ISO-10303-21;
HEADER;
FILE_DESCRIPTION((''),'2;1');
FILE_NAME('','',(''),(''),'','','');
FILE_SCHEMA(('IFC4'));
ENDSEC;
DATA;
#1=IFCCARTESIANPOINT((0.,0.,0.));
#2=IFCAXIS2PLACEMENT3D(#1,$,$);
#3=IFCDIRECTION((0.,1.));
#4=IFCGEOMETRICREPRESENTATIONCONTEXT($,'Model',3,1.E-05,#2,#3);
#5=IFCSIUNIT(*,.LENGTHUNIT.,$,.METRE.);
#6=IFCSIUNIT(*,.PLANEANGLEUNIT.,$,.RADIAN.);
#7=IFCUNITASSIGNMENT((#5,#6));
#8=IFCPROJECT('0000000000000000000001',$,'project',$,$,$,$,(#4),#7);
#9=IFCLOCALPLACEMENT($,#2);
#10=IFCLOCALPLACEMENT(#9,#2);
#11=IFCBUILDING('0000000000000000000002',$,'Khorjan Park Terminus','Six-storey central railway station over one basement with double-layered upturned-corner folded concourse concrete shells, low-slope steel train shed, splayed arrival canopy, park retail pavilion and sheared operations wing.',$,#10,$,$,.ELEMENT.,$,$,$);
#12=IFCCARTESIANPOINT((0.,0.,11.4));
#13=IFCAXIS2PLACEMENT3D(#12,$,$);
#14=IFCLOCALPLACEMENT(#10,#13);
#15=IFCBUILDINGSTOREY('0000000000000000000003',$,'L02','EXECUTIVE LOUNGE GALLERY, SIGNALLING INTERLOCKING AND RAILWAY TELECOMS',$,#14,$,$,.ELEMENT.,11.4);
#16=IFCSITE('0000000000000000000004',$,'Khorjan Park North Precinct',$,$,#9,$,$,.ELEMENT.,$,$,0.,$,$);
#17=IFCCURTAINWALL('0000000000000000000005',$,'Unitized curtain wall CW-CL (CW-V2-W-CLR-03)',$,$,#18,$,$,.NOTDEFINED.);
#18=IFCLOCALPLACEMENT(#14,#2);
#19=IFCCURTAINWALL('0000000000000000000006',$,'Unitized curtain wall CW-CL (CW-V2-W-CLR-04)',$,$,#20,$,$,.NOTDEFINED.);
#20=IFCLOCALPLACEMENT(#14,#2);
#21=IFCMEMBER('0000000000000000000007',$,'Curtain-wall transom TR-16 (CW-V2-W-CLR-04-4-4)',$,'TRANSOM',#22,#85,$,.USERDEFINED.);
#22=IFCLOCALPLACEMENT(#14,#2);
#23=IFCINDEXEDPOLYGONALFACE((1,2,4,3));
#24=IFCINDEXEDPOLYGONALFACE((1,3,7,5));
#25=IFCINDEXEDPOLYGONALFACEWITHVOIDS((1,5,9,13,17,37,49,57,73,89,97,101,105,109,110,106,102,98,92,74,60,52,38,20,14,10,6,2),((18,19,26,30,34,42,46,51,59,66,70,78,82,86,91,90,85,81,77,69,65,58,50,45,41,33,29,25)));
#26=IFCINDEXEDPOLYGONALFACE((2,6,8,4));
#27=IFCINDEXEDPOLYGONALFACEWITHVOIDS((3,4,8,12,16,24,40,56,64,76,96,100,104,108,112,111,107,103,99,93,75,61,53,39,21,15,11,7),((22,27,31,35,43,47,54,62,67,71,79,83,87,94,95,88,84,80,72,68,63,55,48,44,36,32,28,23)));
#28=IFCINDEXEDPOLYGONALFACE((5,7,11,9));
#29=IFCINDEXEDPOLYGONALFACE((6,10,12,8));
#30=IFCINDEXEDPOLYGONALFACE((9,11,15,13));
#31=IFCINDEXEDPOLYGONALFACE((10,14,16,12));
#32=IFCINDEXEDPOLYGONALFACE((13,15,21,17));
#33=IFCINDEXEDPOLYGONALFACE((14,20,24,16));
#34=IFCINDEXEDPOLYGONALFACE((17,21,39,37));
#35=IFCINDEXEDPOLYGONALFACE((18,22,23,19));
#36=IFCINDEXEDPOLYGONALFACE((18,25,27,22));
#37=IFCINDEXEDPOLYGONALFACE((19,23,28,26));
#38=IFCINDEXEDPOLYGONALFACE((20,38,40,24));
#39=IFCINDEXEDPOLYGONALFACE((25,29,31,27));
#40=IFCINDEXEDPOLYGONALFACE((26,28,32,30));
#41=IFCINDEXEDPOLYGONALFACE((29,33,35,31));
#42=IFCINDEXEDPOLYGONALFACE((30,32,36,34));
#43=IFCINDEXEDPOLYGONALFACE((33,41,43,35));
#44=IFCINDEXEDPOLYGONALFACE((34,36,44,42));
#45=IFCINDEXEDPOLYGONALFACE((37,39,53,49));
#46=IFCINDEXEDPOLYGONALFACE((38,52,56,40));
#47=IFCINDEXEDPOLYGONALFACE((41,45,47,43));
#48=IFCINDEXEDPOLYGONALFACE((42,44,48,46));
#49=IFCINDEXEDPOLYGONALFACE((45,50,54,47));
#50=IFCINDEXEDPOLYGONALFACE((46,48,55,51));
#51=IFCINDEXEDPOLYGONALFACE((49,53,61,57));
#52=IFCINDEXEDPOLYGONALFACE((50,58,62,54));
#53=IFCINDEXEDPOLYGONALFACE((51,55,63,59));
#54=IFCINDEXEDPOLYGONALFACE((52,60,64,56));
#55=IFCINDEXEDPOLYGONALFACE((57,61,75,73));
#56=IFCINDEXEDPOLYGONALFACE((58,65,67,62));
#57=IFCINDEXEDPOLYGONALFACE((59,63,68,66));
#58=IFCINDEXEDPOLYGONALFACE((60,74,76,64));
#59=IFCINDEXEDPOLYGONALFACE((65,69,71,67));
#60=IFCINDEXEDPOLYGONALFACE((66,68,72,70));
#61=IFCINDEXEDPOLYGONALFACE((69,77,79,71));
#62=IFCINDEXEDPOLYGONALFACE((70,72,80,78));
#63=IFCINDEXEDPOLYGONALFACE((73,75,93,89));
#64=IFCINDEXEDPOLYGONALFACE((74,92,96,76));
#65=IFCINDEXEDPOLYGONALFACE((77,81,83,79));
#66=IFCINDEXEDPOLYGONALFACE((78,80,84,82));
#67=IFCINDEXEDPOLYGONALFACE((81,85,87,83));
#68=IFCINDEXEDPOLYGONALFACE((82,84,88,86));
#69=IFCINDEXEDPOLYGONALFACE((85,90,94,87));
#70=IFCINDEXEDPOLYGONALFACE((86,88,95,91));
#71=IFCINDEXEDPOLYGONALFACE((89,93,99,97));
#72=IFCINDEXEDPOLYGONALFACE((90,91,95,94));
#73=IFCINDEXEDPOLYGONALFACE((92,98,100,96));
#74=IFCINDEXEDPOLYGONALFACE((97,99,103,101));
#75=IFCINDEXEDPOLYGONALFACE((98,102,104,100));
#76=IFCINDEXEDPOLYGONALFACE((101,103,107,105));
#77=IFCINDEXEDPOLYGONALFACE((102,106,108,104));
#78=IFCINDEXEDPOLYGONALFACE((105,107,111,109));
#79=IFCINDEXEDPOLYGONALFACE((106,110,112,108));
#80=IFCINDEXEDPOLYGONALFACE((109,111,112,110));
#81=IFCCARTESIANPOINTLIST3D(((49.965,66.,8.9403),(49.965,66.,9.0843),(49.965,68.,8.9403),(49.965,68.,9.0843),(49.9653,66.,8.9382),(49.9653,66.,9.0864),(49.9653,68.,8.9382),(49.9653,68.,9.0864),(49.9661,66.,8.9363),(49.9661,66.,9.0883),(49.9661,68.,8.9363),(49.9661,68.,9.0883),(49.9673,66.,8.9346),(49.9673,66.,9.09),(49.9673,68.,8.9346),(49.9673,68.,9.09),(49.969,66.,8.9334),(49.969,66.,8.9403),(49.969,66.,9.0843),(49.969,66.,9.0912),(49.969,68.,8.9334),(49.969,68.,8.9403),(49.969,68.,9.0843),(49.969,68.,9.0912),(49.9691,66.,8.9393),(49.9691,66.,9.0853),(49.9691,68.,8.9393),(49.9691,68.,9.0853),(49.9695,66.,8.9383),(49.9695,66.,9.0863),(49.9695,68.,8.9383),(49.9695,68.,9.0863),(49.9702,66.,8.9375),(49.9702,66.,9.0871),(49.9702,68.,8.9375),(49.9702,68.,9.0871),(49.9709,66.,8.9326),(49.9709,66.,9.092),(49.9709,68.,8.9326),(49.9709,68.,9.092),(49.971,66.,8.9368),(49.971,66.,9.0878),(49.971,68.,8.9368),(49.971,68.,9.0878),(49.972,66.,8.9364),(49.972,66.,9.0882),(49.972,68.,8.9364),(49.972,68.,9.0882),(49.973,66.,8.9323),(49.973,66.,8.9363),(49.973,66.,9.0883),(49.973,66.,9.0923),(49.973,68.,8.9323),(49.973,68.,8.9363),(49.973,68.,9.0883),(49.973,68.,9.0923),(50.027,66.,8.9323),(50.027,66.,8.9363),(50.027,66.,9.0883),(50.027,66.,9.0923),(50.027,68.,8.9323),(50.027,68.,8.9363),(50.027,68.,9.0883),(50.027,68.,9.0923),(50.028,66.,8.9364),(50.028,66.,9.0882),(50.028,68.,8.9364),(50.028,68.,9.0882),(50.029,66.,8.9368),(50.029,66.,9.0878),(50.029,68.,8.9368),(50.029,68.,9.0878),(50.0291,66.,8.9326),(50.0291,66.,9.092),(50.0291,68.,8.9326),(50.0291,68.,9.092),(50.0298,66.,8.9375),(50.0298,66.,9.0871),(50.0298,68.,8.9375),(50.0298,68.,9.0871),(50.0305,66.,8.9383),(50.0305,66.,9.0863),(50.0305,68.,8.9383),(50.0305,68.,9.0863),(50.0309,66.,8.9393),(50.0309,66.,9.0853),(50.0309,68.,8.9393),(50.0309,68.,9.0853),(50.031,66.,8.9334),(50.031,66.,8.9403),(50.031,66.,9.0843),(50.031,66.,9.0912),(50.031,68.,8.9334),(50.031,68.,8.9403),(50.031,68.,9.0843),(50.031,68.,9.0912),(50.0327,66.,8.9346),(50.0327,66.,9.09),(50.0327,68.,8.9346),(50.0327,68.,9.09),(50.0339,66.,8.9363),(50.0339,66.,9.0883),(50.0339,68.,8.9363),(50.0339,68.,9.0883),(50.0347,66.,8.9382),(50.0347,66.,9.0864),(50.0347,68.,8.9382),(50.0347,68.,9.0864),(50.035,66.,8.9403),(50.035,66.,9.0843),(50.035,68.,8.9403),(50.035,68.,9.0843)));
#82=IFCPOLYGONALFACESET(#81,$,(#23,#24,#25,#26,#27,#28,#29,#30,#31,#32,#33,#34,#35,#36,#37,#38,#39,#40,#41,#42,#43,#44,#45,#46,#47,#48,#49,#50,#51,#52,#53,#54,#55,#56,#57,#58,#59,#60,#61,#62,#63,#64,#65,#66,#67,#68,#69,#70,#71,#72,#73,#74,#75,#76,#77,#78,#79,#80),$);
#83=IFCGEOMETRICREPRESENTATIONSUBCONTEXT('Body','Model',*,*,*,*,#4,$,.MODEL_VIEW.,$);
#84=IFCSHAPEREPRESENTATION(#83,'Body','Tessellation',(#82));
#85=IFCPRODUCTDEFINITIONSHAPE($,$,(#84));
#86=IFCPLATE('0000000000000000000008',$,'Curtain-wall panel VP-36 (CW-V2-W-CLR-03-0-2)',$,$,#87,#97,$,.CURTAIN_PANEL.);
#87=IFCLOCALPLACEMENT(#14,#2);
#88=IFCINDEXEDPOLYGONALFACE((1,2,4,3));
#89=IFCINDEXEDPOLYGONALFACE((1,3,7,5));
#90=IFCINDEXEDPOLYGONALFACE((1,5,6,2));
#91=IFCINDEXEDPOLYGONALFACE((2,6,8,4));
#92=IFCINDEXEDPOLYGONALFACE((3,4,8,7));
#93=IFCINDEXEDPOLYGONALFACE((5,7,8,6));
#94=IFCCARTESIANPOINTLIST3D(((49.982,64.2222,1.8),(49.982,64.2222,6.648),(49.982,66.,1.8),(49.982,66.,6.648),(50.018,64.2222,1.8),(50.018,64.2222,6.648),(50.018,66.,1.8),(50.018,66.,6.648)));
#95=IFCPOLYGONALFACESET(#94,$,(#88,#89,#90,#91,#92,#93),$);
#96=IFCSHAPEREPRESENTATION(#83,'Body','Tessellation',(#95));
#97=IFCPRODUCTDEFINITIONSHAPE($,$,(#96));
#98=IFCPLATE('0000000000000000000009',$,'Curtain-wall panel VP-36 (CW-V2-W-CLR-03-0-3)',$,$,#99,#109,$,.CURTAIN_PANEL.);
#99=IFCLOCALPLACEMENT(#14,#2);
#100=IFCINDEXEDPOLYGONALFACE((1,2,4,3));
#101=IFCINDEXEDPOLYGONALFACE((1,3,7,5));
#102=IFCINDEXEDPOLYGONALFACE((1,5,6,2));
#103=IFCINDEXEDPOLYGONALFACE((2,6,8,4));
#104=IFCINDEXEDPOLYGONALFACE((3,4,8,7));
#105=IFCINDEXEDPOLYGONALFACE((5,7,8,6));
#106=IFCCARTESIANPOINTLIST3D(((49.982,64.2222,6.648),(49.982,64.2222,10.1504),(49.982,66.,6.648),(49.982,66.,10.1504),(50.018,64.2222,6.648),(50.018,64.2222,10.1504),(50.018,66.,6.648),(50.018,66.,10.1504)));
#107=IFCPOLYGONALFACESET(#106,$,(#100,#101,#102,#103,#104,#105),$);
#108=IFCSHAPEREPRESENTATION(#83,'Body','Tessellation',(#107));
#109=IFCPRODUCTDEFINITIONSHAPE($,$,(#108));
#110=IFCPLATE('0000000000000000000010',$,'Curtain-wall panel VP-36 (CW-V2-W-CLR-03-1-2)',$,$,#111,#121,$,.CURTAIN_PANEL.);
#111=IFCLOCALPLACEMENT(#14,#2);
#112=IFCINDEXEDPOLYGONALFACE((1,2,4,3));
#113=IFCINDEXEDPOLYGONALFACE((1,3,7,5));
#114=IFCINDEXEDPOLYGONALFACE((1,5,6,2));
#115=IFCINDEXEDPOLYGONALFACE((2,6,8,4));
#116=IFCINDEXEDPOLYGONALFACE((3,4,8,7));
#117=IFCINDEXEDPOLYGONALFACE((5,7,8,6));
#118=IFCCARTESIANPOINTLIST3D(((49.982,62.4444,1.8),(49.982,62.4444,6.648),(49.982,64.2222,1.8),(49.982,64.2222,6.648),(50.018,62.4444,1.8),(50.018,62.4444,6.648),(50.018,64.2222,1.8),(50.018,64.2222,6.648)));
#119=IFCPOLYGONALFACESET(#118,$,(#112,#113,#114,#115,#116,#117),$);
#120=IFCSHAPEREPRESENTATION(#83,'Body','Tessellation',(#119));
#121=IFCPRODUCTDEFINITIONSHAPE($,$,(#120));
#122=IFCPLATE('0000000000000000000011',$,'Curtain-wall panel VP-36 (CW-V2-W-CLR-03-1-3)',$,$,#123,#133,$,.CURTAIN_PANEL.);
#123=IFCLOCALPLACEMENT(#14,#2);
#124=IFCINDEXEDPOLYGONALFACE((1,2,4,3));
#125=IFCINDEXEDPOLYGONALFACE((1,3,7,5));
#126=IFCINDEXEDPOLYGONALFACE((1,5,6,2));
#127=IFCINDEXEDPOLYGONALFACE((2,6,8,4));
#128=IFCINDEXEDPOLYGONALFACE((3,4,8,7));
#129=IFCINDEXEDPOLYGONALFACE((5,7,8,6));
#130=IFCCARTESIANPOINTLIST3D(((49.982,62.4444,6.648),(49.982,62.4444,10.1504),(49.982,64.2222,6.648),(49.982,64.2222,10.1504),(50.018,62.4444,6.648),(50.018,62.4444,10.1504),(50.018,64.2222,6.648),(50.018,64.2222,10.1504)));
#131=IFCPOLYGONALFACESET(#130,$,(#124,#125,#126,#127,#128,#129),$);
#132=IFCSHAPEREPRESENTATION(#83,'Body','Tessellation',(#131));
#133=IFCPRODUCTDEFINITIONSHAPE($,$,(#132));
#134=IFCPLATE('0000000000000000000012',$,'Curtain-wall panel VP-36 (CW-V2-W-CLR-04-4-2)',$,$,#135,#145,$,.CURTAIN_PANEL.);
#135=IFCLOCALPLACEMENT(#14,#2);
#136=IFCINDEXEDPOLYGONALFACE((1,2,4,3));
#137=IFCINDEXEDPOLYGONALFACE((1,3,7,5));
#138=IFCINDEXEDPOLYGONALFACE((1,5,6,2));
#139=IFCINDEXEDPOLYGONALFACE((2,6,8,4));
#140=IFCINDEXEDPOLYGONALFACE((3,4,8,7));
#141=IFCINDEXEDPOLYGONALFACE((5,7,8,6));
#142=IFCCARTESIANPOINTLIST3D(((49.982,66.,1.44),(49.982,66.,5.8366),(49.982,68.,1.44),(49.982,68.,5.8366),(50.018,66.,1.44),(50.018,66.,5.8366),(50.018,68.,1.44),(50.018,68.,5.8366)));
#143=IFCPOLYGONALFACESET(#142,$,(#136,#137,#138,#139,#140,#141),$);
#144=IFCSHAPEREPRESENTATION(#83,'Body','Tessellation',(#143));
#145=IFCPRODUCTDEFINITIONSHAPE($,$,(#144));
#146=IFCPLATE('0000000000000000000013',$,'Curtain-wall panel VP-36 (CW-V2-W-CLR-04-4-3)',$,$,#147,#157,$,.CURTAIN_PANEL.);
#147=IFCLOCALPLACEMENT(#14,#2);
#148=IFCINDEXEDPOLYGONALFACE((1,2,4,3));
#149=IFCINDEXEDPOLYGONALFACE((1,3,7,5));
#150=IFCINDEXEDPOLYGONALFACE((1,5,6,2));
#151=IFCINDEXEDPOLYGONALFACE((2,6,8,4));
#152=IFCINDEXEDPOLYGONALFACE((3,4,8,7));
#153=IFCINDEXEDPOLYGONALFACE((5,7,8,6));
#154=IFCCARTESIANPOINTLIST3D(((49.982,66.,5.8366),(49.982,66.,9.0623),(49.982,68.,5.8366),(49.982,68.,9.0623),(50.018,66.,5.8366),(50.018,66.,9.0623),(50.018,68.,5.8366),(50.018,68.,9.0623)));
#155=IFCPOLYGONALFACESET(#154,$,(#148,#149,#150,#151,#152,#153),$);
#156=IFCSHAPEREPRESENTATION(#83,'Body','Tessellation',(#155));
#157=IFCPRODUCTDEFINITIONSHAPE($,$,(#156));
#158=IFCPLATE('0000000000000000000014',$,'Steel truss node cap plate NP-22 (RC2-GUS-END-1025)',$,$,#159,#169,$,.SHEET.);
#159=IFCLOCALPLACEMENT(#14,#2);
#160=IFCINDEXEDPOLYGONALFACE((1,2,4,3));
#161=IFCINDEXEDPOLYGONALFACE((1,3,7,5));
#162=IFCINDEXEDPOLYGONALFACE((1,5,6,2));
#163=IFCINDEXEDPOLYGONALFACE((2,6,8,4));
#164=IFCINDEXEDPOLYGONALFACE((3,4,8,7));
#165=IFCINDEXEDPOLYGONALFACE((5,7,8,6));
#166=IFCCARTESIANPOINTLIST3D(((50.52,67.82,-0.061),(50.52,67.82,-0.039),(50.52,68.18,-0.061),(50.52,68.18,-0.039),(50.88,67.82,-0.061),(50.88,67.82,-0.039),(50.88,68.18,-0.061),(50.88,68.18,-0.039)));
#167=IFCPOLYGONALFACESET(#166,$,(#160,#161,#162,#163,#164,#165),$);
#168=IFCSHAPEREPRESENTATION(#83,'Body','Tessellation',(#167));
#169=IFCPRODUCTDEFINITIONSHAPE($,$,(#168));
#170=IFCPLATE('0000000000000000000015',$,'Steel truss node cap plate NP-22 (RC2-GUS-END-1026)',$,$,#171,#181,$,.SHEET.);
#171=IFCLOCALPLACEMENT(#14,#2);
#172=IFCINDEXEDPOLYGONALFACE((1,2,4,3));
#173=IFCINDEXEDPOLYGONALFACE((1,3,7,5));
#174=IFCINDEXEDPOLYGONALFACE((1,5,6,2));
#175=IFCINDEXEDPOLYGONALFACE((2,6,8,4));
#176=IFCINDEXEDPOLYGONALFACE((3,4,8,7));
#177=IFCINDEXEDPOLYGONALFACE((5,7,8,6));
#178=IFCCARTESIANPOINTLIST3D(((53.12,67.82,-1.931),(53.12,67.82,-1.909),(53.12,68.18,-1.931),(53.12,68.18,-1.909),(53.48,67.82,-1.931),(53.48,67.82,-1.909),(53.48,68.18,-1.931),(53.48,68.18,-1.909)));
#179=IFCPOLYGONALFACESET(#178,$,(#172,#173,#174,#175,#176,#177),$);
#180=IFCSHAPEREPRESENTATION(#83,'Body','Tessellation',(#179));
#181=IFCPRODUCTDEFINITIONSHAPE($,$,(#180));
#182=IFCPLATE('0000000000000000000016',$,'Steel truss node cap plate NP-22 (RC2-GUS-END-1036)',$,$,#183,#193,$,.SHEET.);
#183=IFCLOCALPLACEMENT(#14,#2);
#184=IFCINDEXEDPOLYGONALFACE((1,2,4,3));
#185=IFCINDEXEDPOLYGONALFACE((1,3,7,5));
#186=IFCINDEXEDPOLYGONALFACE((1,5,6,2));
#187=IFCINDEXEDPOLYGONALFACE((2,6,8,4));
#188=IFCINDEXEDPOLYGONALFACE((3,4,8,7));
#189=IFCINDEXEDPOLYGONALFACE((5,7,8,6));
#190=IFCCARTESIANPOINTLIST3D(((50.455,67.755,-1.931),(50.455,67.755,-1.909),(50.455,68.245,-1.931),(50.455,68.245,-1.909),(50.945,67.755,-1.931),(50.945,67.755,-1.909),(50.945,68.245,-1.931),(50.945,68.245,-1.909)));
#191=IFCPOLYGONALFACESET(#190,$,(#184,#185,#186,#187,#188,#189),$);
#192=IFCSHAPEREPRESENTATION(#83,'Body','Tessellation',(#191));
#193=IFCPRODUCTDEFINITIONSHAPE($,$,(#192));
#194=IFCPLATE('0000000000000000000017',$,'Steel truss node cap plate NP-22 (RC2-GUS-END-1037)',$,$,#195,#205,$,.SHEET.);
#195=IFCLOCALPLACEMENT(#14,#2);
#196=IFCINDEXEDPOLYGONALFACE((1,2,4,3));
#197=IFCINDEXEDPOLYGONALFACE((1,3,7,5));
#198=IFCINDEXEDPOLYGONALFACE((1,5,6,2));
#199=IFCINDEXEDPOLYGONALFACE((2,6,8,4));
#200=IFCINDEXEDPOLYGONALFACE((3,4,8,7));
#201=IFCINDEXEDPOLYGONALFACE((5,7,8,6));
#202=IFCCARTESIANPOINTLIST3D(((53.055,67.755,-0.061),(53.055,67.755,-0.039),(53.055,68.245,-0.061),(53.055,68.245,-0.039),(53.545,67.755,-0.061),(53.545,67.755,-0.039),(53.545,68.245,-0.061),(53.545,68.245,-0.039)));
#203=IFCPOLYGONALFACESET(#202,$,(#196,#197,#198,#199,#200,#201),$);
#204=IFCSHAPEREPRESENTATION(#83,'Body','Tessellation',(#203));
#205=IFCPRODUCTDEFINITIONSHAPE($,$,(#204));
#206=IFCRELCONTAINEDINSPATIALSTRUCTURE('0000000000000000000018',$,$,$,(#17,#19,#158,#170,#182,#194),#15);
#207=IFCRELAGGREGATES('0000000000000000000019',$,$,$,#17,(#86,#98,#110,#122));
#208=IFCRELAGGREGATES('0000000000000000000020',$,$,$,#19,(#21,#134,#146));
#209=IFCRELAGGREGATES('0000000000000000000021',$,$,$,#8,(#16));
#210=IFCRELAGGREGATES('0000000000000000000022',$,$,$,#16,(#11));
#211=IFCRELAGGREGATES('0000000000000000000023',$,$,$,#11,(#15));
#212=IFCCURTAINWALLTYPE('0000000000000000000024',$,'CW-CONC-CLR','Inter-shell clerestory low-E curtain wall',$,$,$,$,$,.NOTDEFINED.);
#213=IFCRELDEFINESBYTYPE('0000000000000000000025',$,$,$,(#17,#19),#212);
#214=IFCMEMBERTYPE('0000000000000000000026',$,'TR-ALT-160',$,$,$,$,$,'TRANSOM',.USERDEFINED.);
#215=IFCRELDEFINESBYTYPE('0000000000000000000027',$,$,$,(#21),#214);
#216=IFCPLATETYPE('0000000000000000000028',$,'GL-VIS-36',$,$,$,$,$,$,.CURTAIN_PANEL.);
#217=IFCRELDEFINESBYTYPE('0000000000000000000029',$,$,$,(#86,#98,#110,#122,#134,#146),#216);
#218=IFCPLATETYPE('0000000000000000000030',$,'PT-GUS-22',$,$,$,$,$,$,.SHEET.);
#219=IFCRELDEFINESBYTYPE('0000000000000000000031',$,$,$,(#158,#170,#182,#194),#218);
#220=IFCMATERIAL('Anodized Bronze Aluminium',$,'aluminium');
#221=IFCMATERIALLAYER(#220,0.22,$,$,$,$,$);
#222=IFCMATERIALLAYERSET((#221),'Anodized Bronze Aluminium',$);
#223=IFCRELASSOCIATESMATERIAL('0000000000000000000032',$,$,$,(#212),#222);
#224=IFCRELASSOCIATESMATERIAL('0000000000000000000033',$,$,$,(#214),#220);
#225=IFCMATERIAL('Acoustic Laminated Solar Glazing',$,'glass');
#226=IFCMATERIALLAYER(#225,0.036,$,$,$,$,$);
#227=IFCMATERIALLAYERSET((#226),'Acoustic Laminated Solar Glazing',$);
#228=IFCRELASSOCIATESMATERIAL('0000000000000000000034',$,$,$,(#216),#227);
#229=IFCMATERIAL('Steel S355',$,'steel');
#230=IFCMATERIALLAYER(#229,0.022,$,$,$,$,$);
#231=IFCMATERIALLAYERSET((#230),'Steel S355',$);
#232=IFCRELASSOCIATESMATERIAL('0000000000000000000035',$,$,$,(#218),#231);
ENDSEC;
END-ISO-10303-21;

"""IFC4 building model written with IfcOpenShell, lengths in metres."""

from ifc_helpers import new_model, si_unit, direction, frame, origin, origin_2d, place, context, subcontext, project, spatial, rectangle, hollow_rectangle, extrude, material, layer, layer_set, material_profile, profile_set, type_object, element, aggregate, save


model = new_model("IFC4")

# Units and contexts
model_context = context("Model", 3, precision=1e-05, world=origin(), true_north=direction((0.0, 1.0)))
body_context = subcontext(model_context, "Body", "Model", "MODEL_VIEW")
ifc_project = project(units=[si_unit("LENGTHUNIT", "METRE"), si_unit("PLANEANGLEUNIT", "RADIAN")], contexts=[model_context])

# Site, building, storey
site_placement = place(None, origin())
site = spatial("IfcSite", under=ifc_project, at=site_placement, Name="Khorjan Park North Precinct", CompositionType="ELEMENT", RefElevation=0.0)
building_placement = place(site_placement, origin())
building = spatial("IfcBuilding", under=site, at=building_placement, Name="Khorjan Park Terminus", Description="Six-storey central railway station over one basement with double-layered upturned-corner folded concourse concrete shells, low-slope steel train shed, splayed arrival canopy, park retail pavilion and sheared operations wing.", CompositionType="ELEMENT")
storey_placement = place(building_placement, frame((0.0, 0.0, 11.4)))
storey = spatial("IfcBuildingStorey", under=building, at=storey_placement, Name="L02", Description="EXECUTIVE LOUNGE GALLERY, SIGNALLING INTERLOCKING AND RAILWAY TELECOMS", CompositionType="ELEMENT", Elevation=11.4)

# Shared definitions
ifc_material_1 = material(Name="Steel S355", Category="steel")

# Curtain wall
ifc_material_2 = material(Name="Anodized Bronze Aluminium", Category="aluminium")
ifc_layer_1 = layer(ifc_material_2, 0.22)
ifc_layer_set_1 = layer_set([ifc_layer_1], Name="Anodized Bronze Aluminium")
curtain_wall_type = type_object("IfcCurtainWallType", Name="CW-CONC-CLR", Description="Inter-shell clerestory low-E curtain wall", PredefinedType="NOTDEFINED", material=ifc_layer_set_1)
curtain_wall_1_placement = place(storey_placement, origin())
curtain_wall_1 = element("IfcCurtainWall", 1, at=curtain_wall_1_placement, inside=storey, type_object=curtain_wall_type, Name="Unitized curtain wall CW-CL (CW-V2-W-CLR-03)", PredefinedType="NOTDEFINED")

# Curtain wall
curtain_wall_2_placement = place(storey_placement, origin())
curtain_wall_2 = element("IfcCurtainWall", 2, at=curtain_wall_2_placement, inside=storey, type_object=curtain_wall_type, Name="Unitized curtain wall CW-CL (CW-V2-W-CLR-04)", PredefinedType="NOTDEFINED")

# Member
ifc_material_profile_1 = material_profile(ifc_material_2, hollow_rectangle(XDim=0.07, YDim=0.16, WallThickness=0.004, InnerFilletRadius=0.004, OuterFilletRadius=0.008, at=origin_2d()), Name="ALT 70x160x4")
ifc_profile_set_1 = profile_set([ifc_material_profile_1], Name="Anodized Bronze Aluminium")
member_type_1 = type_object("IfcMemberType", Name="TR-ALT-160", ElementType="TRANSOM", PredefinedType="USERDEFINED", material=ifc_profile_set_1)
member_1_placement = place(storey_placement, frame((50.0, 68.0, 9.0123), z_axis=(0.0, -1.0, 0.0), x_axis=(1.0, 0.0, 0.0)))
member_1 = element("IfcMember", 3, at=member_1_placement, type_object=member_type_1, Name="Curtain-wall transom TR-16 (CW-V2-W-CLR-04-4-4)", ObjectType="TRANSOM", PredefinedType="USERDEFINED", context=body_context, shape_type="SweptSolid", body=[
    extrude(hollow_rectangle(XDim=0.07, YDim=0.16, WallThickness=0.004, InnerFilletRadius=0.004, OuterFilletRadius=0.008, at=origin_2d()), origin(), (0.0, 0.0, 1.0), 2.0),
])

# Plates
ifc_material_3 = material(Name="Acoustic Laminated Solar Glazing", Category="glass")
ifc_layer_2 = layer(ifc_material_3, 0.036)
ifc_layer_set_2 = layer_set([ifc_layer_2], Name="Acoustic Laminated Solar Glazing")
plate_type_1 = type_object("IfcPlateType", Name="GL-VIS-36", PredefinedType="CURTAIN_PANEL", material=ifc_layer_set_2)
plate_1_placement = place(storey_placement, frame((50.0, 65.1111, 1.8), z_axis=(0.0, 0.0, 1.0), x_axis=(0.0, -1.0, 0.0)))
plate_1 = element("IfcPlate", 4, at=plate_1_placement, type_object=plate_type_1, Name="Curtain-wall panel VP-36 (CW-V2-W-CLR-03-0-2)", PredefinedType="CURTAIN_PANEL", context=body_context, shape_type="SweptSolid", body=[
    extrude(rectangle(XDim=1.7778, YDim=0.036, at=origin_2d()), origin(), (0.0, 0.0, 1.0), 4.848),
])
plate_2_placement = place(storey_placement, frame((50.0, 65.1111, 6.648), z_axis=(0.0, 0.0, 1.0), x_axis=(0.0, -1.0, 0.0)))
plate_2 = element("IfcPlate", 5, at=plate_2_placement, type_object=plate_type_1, Name="Curtain-wall panel VP-36 (CW-V2-W-CLR-03-0-3)", PredefinedType="CURTAIN_PANEL", context=body_context, shape_type="SweptSolid", body=[
    extrude(rectangle(XDim=1.7778, YDim=0.036, at=origin_2d()), origin(), (0.0, 0.0, 1.0), 3.5024),
])
plate_3_placement = place(storey_placement, frame((50.0, 63.3333, 1.8), z_axis=(0.0, 0.0, 1.0), x_axis=(0.0, -1.0, 0.0)))
plate_3 = element("IfcPlate", 6, at=plate_3_placement, type_object=plate_type_1, Name="Curtain-wall panel VP-36 (CW-V2-W-CLR-03-1-2)", PredefinedType="CURTAIN_PANEL", context=body_context, shape_type="SweptSolid", body=[
    extrude(rectangle(XDim=1.7778, YDim=0.036, at=origin_2d()), origin(), (0.0, 0.0, 1.0), 4.848),
])
plate_4_placement = place(storey_placement, frame((50.0, 63.3333, 6.648), z_axis=(0.0, 0.0, 1.0), x_axis=(0.0, -1.0, 0.0)))
plate_4 = element("IfcPlate", 7, at=plate_4_placement, type_object=plate_type_1, Name="Curtain-wall panel VP-36 (CW-V2-W-CLR-03-1-3)", PredefinedType="CURTAIN_PANEL", context=body_context, shape_type="SweptSolid", body=[
    extrude(rectangle(XDim=1.7778, YDim=0.036, at=origin_2d()), origin(), (0.0, 0.0, 1.0), 3.5024),
])
plate_5_placement = place(storey_placement, frame((50.0, 67.0, 1.44), z_axis=(0.0, 0.0, 1.0), x_axis=(0.0, -1.0, 0.0)))
plate_5 = element("IfcPlate", 8, at=plate_5_placement, type_object=plate_type_1, Name="Curtain-wall panel VP-36 (CW-V2-W-CLR-04-4-2)", PredefinedType="CURTAIN_PANEL", context=body_context, shape_type="SweptSolid", body=[
    extrude(rectangle(XDim=2.0, YDim=0.036, at=origin_2d()), origin(), (0.0, 0.0, 1.0), 4.3966),
])
plate_6_placement = place(storey_placement, frame((50.0, 67.0, 5.8366), z_axis=(0.0, 0.0, 1.0), x_axis=(0.0, -1.0, 0.0)))
plate_6 = element("IfcPlate", 9, at=plate_6_placement, type_object=plate_type_1, Name="Curtain-wall panel VP-36 (CW-V2-W-CLR-04-4-3)", PredefinedType="CURTAIN_PANEL", context=body_context, shape_type="SweptSolid", body=[
    extrude(rectangle(XDim=2.0, YDim=0.036, at=origin_2d()), origin(), (0.0, 0.0, 1.0), 3.2257),
])

# Plates
ifc_layer_3 = layer(ifc_material_1, 0.022)
ifc_layer_set_3 = layer_set([ifc_layer_3], Name="Steel S355")
plate_type_2 = type_object("IfcPlateType", Name="PT-GUS-22", PredefinedType="SHEET", material=ifc_layer_set_3)
for number, where, z_axis, x_axis, name in (
    (10, (50.7, 68.0, -0.061), (0.0, 0.0, 1.0), (1.0, 0.0, 0.0), "Steel truss node cap plate NP-22 (RC2-GUS-END-1025)"),
    (11, (53.3, 68.0, -1.931), (0.0, 0.0, 1.0), (1.0, 0.0, 0.0), "Steel truss node cap plate NP-22 (RC2-GUS-END-1026)"),
):
    element("IfcPlate", number, at=place(storey_placement, frame(where, z_axis=z_axis, x_axis=x_axis)), inside=storey, type_object=plate_type_2, Name=name, PredefinedType="SHEET", context=body_context, shape_type="SweptSolid", body=[
        extrude(rectangle(XDim=0.36, YDim=0.36, at=origin_2d()), origin(), (0.0, 0.0, 1.0), 0.022),
    ])
for number, where, z_axis, x_axis, name in (
    (12, (50.7, 68.0, -1.931), (0.0, 0.0, 1.0), (1.0, 0.0, 0.0), "Steel truss node cap plate NP-22 (RC2-GUS-END-1036)"),
    (13, (53.3, 68.0, -0.061), (0.0, 0.0, 1.0), (1.0, 0.0, 0.0), "Steel truss node cap plate NP-22 (RC2-GUS-END-1037)"),
):
    element("IfcPlate", number, at=place(storey_placement, frame(where, z_axis=z_axis, x_axis=x_axis)), inside=storey, type_object=plate_type_2, Name=name, PredefinedType="SHEET", context=body_context, shape_type="SweptSolid", body=[
        extrude(rectangle(XDim=0.49, YDim=0.49, at=origin_2d()), origin(), (0.0, 0.0, 1.0), 0.022),
    ])

aggregate(curtain_wall_1, [plate_1, plate_2, plate_3, plate_4])
aggregate(curtain_wall_2, [member_1, plate_5, plate_6])

save(model, "model.ifc")
